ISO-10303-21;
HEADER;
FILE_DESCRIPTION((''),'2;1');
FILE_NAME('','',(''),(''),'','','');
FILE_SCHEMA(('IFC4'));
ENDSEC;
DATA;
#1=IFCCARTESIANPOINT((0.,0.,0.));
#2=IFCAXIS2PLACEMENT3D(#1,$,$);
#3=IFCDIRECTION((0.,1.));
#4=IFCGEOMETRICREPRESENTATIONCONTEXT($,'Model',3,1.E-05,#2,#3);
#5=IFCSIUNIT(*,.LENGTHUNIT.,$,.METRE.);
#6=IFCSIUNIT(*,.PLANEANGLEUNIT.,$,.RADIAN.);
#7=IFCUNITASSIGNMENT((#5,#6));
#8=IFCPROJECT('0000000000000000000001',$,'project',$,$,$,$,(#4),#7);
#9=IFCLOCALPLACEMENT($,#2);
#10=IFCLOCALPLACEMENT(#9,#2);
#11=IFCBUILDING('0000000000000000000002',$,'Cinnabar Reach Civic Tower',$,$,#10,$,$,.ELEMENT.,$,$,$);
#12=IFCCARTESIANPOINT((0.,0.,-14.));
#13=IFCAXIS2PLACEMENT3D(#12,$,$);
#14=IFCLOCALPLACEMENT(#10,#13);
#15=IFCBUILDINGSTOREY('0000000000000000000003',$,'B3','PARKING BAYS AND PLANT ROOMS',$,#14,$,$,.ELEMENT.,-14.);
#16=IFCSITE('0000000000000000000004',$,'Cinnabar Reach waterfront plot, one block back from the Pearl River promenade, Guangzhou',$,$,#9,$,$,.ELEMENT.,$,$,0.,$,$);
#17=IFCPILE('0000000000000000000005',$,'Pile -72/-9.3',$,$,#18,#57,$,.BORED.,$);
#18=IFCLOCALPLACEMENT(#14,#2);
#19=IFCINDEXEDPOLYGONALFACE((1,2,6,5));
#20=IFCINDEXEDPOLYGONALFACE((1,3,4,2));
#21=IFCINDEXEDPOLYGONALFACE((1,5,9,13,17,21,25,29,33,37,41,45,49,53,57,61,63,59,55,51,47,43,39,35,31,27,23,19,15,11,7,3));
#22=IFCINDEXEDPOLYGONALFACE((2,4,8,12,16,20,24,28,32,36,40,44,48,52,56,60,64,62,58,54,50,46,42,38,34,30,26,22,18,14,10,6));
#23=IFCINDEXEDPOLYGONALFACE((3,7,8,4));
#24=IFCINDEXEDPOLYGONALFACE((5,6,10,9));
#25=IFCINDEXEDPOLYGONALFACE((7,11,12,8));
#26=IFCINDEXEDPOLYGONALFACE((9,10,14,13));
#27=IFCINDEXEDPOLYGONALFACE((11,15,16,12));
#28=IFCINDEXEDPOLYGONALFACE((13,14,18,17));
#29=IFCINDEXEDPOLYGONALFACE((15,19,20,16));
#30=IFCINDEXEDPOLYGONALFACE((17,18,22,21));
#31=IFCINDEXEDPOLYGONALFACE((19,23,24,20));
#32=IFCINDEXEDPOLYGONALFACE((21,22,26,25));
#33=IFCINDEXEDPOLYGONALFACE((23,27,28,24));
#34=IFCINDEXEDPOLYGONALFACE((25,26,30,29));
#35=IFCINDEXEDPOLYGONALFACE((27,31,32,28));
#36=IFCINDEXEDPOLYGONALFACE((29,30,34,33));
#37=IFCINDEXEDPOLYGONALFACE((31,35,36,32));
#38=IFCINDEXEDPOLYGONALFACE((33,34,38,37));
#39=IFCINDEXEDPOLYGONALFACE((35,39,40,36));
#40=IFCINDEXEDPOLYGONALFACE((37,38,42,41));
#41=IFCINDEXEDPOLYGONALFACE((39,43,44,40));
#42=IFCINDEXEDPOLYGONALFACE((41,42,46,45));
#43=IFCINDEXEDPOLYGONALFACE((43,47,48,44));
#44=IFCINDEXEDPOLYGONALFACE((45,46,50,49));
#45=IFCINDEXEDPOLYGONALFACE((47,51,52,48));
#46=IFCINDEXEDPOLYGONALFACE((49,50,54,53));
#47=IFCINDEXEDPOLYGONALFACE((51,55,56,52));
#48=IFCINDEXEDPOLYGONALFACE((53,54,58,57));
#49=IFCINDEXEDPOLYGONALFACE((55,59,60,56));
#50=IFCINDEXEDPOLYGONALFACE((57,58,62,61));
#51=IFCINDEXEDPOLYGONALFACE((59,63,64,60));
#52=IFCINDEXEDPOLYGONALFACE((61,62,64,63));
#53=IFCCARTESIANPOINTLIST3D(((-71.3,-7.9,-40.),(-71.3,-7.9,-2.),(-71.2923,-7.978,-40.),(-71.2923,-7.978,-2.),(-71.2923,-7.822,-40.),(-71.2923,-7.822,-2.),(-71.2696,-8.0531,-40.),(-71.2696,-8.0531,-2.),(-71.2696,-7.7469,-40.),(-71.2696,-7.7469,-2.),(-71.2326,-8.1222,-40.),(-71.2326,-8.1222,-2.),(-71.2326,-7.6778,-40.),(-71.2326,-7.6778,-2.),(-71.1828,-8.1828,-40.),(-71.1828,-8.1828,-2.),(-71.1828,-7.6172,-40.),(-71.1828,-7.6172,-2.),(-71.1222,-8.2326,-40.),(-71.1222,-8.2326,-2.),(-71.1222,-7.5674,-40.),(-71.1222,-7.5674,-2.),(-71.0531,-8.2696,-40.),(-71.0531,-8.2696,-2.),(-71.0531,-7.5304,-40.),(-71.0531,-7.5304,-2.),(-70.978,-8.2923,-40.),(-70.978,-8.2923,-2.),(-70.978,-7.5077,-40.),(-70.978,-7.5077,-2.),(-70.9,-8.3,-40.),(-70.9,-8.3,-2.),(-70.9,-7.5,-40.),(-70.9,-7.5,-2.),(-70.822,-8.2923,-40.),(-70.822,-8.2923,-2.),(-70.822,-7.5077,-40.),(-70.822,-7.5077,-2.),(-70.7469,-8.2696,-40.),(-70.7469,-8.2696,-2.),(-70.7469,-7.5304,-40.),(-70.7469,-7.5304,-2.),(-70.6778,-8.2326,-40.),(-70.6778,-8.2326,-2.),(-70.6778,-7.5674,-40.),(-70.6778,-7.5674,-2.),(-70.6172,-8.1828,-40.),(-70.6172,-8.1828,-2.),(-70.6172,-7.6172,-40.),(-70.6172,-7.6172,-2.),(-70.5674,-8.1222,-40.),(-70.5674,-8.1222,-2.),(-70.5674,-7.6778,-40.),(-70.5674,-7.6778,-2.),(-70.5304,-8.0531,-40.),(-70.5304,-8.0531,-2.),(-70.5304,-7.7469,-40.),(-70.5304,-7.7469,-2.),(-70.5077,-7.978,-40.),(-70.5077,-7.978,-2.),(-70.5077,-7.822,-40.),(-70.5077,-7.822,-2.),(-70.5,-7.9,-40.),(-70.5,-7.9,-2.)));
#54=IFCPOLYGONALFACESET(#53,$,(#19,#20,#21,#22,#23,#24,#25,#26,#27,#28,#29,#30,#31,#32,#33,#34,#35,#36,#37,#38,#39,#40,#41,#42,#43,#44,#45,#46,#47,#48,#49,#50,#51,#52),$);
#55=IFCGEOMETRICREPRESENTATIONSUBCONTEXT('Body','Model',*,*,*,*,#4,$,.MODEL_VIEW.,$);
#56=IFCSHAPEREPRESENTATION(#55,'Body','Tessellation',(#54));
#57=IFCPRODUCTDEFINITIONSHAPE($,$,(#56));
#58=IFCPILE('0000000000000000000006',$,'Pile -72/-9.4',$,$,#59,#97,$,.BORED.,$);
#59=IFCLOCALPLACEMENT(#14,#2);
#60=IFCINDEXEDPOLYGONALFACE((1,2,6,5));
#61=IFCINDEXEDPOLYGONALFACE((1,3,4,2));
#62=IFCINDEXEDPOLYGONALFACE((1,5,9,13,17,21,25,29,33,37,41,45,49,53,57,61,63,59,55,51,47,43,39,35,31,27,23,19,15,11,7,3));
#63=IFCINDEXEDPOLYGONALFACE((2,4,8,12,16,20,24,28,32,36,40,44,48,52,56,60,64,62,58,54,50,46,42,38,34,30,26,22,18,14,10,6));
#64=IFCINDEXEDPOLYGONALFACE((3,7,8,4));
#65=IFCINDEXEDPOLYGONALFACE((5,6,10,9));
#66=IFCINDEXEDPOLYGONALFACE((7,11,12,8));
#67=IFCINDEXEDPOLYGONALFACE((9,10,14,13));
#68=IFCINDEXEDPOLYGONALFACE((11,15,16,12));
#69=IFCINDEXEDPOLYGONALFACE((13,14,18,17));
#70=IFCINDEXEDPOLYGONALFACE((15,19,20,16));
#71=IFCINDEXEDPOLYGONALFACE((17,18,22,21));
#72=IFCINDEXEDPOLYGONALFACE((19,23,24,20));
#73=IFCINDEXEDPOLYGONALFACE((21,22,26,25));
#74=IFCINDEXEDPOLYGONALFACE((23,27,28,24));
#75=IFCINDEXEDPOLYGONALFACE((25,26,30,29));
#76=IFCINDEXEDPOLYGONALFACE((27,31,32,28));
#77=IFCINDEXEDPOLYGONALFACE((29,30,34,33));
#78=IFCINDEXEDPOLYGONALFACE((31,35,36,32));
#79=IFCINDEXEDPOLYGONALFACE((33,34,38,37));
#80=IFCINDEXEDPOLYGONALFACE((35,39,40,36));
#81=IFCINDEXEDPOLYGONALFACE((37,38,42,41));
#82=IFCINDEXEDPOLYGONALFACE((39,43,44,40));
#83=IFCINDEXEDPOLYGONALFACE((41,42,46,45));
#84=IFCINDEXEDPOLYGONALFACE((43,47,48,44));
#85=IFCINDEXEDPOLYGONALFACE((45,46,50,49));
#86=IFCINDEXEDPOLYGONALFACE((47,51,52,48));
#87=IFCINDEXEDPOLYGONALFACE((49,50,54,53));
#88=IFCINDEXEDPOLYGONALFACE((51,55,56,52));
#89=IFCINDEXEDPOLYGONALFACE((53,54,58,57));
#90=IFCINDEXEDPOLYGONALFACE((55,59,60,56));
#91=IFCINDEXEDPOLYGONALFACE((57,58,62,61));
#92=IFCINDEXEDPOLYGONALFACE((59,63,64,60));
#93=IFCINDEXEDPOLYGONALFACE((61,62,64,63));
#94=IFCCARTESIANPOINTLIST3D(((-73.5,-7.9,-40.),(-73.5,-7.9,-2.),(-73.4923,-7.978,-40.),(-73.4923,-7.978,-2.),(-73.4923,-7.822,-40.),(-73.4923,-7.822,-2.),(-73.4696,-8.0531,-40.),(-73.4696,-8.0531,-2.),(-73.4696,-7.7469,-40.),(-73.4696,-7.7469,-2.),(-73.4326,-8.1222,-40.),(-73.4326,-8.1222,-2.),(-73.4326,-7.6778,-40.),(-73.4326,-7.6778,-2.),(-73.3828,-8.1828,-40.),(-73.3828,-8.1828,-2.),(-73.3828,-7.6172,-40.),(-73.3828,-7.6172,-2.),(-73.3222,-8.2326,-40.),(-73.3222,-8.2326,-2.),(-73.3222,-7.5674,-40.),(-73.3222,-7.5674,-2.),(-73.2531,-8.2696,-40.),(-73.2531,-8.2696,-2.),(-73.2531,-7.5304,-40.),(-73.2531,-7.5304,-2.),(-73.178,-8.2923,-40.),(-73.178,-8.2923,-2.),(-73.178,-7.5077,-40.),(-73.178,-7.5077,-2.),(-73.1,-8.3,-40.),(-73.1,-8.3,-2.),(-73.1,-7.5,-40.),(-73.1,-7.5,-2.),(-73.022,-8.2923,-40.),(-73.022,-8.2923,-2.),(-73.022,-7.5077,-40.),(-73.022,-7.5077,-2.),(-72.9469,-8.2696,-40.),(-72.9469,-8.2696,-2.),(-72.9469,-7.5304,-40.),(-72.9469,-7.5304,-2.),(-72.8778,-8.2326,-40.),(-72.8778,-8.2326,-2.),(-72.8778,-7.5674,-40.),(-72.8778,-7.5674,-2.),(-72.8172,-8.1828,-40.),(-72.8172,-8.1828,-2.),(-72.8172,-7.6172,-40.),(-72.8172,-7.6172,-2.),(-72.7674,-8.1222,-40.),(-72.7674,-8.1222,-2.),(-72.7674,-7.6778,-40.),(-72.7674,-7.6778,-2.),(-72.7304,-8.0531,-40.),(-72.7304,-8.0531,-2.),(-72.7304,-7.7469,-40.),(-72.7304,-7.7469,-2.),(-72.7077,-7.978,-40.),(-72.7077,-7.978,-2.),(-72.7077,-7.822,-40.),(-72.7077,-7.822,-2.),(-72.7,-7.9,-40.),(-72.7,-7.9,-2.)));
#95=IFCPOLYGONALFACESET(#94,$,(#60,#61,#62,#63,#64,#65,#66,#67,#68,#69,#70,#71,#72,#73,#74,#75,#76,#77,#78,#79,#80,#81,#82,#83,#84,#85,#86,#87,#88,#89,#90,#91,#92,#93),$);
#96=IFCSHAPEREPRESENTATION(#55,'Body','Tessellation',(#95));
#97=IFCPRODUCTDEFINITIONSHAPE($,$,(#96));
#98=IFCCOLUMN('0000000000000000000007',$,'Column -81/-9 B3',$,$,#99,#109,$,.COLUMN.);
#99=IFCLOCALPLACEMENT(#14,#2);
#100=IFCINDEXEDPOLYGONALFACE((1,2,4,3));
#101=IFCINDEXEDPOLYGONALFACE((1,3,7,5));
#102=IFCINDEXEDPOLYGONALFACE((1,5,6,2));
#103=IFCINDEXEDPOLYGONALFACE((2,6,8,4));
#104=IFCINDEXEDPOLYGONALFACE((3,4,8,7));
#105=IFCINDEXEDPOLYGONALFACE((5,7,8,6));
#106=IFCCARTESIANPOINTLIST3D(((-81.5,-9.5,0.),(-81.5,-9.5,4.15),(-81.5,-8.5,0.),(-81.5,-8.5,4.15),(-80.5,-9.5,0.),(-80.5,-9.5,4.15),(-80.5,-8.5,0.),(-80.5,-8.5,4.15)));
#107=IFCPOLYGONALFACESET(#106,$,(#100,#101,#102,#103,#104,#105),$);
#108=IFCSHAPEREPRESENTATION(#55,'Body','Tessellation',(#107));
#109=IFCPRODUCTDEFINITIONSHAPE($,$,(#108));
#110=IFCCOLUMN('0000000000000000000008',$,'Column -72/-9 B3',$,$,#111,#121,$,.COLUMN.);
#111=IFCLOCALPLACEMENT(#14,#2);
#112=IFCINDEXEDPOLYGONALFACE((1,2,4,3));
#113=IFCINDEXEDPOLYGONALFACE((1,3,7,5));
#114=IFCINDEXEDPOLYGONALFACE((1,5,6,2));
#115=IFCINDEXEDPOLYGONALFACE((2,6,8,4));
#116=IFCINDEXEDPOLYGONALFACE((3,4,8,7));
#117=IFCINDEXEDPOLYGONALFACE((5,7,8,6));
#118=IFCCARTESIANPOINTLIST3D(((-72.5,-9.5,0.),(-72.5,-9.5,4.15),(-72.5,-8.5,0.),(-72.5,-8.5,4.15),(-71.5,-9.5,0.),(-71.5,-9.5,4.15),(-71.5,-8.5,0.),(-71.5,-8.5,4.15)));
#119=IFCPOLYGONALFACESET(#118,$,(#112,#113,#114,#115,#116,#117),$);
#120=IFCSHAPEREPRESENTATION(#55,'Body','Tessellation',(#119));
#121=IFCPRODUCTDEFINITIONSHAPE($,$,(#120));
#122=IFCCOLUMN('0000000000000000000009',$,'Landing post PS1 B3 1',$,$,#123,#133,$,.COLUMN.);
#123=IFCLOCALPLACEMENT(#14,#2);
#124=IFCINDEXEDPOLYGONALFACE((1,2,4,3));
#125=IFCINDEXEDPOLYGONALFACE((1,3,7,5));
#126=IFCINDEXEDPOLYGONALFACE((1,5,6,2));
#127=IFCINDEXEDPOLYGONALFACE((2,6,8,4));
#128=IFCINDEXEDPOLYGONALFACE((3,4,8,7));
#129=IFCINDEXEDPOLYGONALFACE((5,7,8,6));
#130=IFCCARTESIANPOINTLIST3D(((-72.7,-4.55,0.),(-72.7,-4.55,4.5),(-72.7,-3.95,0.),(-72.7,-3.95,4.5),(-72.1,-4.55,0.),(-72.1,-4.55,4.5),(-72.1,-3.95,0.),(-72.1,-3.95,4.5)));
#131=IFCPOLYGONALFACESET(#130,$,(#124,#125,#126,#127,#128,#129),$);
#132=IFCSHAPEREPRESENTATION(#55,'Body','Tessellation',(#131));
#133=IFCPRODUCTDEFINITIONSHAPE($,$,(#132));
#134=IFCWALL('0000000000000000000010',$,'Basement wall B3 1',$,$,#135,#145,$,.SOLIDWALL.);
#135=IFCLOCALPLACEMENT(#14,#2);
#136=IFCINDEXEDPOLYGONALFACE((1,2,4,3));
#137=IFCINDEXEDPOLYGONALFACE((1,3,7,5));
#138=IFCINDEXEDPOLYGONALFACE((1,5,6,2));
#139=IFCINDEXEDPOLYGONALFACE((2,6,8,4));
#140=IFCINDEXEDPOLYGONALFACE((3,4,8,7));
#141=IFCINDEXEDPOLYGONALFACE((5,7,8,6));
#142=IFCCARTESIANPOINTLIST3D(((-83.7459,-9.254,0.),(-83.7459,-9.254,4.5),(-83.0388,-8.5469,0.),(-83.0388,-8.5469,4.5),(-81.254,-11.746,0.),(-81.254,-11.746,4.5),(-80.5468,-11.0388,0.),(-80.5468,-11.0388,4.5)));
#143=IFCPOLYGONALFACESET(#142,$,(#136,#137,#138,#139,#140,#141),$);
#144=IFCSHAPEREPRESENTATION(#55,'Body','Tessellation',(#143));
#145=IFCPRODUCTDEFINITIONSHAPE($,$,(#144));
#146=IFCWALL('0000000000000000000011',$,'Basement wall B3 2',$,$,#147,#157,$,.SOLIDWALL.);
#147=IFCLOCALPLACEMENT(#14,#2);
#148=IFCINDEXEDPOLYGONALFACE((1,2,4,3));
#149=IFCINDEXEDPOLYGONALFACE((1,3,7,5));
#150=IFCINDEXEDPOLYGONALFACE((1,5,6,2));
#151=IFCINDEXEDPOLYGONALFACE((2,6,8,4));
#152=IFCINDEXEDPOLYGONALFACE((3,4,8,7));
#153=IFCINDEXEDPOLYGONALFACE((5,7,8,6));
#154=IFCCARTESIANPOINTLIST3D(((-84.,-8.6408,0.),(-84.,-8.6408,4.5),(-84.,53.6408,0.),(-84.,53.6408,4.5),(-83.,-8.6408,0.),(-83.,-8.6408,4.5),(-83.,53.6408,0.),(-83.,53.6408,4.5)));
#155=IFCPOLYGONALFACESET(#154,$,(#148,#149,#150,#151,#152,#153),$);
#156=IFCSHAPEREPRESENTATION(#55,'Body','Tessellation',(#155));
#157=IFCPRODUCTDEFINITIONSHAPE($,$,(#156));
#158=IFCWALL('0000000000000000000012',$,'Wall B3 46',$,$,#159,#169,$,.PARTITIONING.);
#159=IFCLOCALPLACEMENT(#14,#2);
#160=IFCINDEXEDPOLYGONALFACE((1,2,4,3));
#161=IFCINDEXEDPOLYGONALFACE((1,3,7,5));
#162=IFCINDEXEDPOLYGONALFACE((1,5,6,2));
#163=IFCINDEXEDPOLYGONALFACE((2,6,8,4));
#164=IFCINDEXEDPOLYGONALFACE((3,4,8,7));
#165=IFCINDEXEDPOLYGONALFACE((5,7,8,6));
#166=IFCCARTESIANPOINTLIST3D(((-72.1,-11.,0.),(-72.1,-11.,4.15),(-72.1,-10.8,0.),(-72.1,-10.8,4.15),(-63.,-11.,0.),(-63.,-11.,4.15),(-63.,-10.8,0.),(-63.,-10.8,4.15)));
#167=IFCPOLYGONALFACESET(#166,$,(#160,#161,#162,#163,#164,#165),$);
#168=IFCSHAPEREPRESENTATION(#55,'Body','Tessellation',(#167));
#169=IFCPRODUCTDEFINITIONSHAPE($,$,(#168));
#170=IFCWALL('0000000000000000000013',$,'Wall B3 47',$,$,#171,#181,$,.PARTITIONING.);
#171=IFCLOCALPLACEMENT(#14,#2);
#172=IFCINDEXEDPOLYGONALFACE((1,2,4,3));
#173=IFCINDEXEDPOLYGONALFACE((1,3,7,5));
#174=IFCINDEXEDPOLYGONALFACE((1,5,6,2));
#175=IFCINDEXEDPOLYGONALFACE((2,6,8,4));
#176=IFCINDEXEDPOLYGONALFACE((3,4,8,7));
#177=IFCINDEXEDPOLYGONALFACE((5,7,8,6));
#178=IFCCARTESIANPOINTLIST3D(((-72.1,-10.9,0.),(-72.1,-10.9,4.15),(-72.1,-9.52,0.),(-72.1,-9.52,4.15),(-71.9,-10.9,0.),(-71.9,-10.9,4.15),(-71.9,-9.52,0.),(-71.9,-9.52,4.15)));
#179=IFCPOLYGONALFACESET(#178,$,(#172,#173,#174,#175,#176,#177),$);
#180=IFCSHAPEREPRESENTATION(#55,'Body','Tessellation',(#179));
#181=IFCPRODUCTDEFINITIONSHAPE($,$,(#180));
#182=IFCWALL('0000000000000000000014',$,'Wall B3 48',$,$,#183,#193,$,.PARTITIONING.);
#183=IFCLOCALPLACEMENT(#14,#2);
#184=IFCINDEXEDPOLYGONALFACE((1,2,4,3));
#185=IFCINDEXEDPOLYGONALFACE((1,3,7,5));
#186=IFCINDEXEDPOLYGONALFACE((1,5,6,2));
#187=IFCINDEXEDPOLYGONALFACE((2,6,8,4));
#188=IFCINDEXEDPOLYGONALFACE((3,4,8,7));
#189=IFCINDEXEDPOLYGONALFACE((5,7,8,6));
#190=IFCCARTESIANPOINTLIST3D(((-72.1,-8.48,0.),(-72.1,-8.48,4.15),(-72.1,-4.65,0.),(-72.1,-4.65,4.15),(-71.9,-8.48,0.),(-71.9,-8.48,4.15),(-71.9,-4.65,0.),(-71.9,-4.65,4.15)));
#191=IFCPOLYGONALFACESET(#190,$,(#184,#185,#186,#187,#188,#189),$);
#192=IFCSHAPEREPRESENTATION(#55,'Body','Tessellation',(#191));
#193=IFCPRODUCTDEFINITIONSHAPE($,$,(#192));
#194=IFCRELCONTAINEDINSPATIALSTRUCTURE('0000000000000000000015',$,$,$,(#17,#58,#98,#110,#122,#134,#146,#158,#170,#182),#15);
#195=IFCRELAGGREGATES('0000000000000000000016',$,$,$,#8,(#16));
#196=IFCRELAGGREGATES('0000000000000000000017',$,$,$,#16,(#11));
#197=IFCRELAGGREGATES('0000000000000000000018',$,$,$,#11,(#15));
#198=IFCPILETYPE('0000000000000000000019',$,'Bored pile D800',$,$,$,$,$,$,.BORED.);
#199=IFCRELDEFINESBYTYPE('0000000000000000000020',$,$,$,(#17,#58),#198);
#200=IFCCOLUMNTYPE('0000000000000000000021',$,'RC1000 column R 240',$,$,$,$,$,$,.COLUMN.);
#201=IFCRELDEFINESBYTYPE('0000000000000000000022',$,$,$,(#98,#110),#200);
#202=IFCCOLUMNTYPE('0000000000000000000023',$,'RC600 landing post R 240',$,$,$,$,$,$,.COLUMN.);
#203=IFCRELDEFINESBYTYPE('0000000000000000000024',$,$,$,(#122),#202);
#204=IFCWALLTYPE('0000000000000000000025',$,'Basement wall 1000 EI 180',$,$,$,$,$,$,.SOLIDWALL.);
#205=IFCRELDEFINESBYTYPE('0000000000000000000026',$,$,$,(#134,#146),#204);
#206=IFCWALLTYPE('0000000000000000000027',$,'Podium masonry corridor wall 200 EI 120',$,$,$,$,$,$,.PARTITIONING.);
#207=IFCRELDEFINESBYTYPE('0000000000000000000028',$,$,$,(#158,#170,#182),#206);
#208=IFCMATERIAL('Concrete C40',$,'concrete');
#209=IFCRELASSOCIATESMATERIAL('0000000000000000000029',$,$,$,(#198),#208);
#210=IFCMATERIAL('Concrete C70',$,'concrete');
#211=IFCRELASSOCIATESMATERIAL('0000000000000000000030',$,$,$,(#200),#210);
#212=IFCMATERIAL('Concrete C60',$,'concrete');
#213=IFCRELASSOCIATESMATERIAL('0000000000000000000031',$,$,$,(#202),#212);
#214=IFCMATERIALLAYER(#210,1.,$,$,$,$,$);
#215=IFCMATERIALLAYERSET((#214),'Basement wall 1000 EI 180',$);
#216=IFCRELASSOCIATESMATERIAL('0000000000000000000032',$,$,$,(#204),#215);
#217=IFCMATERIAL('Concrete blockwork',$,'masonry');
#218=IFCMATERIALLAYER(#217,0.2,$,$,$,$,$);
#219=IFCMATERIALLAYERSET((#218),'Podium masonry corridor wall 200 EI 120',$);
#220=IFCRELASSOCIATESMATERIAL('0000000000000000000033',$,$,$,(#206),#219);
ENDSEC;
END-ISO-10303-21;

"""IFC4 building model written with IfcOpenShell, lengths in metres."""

from ifc_helpers import new_model, si_unit, direction, frame, frame_2d, origin, origin_2d, place, context, subcontext, project, spatial, rectangle, circle, extrude, material, layer, layer_set, material_profile, profile_set, type_object, element, save


model = new_model("IFC4")

# Units and contexts
model_context = context("Model", 3, precision=1e-05, world=origin(), true_north=direction((0.0, 1.0)))
body_context = subcontext(model_context, "Body", "Model", "MODEL_VIEW")
ifc_project = project(units=[si_unit("LENGTHUNIT", "METRE"), si_unit("PLANEANGLEUNIT", "RADIAN")], contexts=[model_context])

# Site, building, storey
site_placement = place(None, origin())
site = spatial("IfcSite", under=ifc_project, at=site_placement, Name="Cinnabar Reach waterfront plot, one block back from the Pearl River promenade, Guangzhou", CompositionType="ELEMENT", RefElevation=0.0)
building_placement = place(site_placement, origin())
building = spatial("IfcBuilding", under=site, at=building_placement, Name="Cinnabar Reach Civic Tower", CompositionType="ELEMENT")
storey_placement = place(building_placement, frame((0.0, 0.0, -14.0)))
storey = spatial("IfcBuildingStorey", under=building, at=storey_placement, Name="B3", Description="PARKING BAYS AND PLANT ROOMS", CompositionType="ELEMENT", Elevation=-14.0)

# Piles
ifc_material_1 = material(Name="Concrete C40", Category="concrete")
pile_type = type_object("IfcPileType", Name="Bored pile D800", PredefinedType="BORED", material=ifc_material_1)
for number, where, z_axis, x_axis, name in (
    (1, (-70.9, -7.9, -2.0), (0.0, 0.0, -1.0), (1.0, 0.0, 0.0), "Pile -72/-9.3"),
    (2, (-73.1, -7.9, -2.0), (0.0, 0.0, -1.0), (1.0, 0.0, 0.0), "Pile -72/-9.4"),
):
    element("IfcPile", number, at=place(storey_placement, frame(where, z_axis=z_axis, x_axis=x_axis)), inside=storey, type_object=pile_type, Name=name, PredefinedType="BORED", context=body_context, shape_type="SweptSolid", body=[
        extrude(circle(Radius=0.4, at=origin_2d()), origin(), (0.0, 0.0, 1.0), 38.0),
    ])

# Columns
ifc_material_2 = material(Name="Concrete C70", Category="concrete")
ifc_material_profile_1 = material_profile(ifc_material_2, rectangle(XDim=1.0, YDim=1.0, at=origin_2d()), Name="RC1000")
ifc_profile_set_1 = profile_set([ifc_material_profile_1], Name="Concrete C70")
column_type_1 = type_object("IfcColumnType", Name="RC1000 column R 240", PredefinedType="COLUMN", material=ifc_profile_set_1)
for number, where, z_axis, x_axis, name in (
    (3, (-81.0, -9.0, 0.0), (0.0, 0.0, 1.0), (1.0, 0.0, 0.0), "Column -81/-9 B3"),
    (4, (-72.0, -9.0, 0.0), (0.0, 0.0, 1.0), (1.0, 0.0, 0.0), "Column -72/-9 B3"),
):
    element("IfcColumn", number, at=place(storey_placement, frame(where, z_axis=z_axis, x_axis=x_axis)), inside=storey, type_object=column_type_1, Name=name, PredefinedType="COLUMN", context=body_context, shape_type="SweptSolid", body=[
        extrude(rectangle(XDim=1.0, YDim=1.0, at=origin_2d()), origin(), (0.0, 0.0, 1.0), 4.15),
    ])
ifc_material_3 = material(Name="Concrete C60", Category="concrete")
ifc_material_profile_2 = material_profile(ifc_material_3, rectangle(XDim=0.6, YDim=0.6, at=origin_2d()), Name="RC600")
ifc_profile_set_2 = profile_set([ifc_material_profile_2], Name="Concrete C60")
column_type_2 = type_object("IfcColumnType", Name="RC600 landing post R 240", PredefinedType="COLUMN", material=ifc_profile_set_2)
column_placement = place(storey_placement, frame((-72.4, -4.25, 0.0), z_axis=(0.0, 0.0, 1.0), x_axis=(1.0, 0.0, 0.0)))
element("IfcColumn", 5, at=column_placement, inside=storey, type_object=column_type_2, Name="Landing post PS1 B3 1", PredefinedType="COLUMN", context=body_context, shape_type="SweptSolid", body=[
    extrude(rectangle(XDim=0.6, YDim=0.6, at=origin_2d()), origin(), (0.0, 0.0, 1.0), 4.5),
])

# Walls
ifc_layer_1 = layer(ifc_material_2, 1.0)
ifc_layer_set_1 = layer_set([ifc_layer_1], Name="Basement wall 1000 EI 180")
wall_type_1 = type_object("IfcWallType", Name="Basement wall 1000 EI 180", PredefinedType="SOLIDWALL", material=ifc_layer_set_1)
wall_1_placement = place(storey_placement, frame((-80.9004, -11.3924, 0.0), z_axis=(0.0, 0.0, 1.0), x_axis=(-0.707107, 0.707107, 0.0)))
element("IfcWall", 6, at=wall_1_placement, inside=storey, type_object=wall_type_1, Name="Basement wall B3 1", PredefinedType="SOLIDWALL", context=body_context, shape_type="SweptSolid", body=[
    extrude(rectangle(XDim=3.5242, YDim=1.0, at=frame_2d((1.7621, 0.0))), origin(), (0.0, 0.0, 1.0), 4.5),
])
wall_2_placement = place(storey_placement, frame((-83.5, -8.6408, 0.0), z_axis=(0.0, 0.0, 1.0), x_axis=(0.0, 1.0, 0.0)))
element("IfcWall", 7, at=wall_2_placement, inside=storey, type_object=wall_type_1, Name="Basement wall B3 2", PredefinedType="SOLIDWALL", context=body_context, shape_type="SweptSolid", body=[
    extrude(rectangle(XDim=62.2816, YDim=1.0, at=frame_2d((31.1408, 0.0))), origin(), (0.0, 0.0, 1.0), 4.5),
])
ifc_material_4 = material(Name="Concrete blockwork", Category="masonry")
ifc_layer_2 = layer(ifc_material_4, 0.2)
ifc_layer_set_2 = layer_set([ifc_layer_2], Name="Podium masonry corridor wall 200 EI 120")
wall_type_2 = type_object("IfcWallType", Name="Podium masonry corridor wall 200 EI 120", PredefinedType="PARTITIONING", material=ifc_layer_set_2)
wall_3_placement = place(storey_placement, frame((-72.1, -10.9, 0.0), z_axis=(0.0, 0.0, 1.0), x_axis=(1.0, 0.0, 0.0)))
element("IfcWall", 8, at=wall_3_placement, inside=storey, type_object=wall_type_2, Name="Wall B3 46", PredefinedType="PARTITIONING", context=body_context, shape_type="SweptSolid", body=[
    extrude(rectangle(XDim=9.1, YDim=0.2, at=frame_2d((4.55, 0.0))), origin(), (0.0, 0.0, 1.0), 4.15),
])
wall_4_placement = place(storey_placement, frame((-72.0, -10.9, 0.0), z_axis=(0.0, 0.0, 1.0), x_axis=(0.0, 1.0, 0.0)))
element("IfcWall", 9, at=wall_4_placement, inside=storey, type_object=wall_type_2, Name="Wall B3 47", PredefinedType="PARTITIONING", context=body_context, shape_type="SweptSolid", body=[
    extrude(rectangle(XDim=1.38, YDim=0.2, at=frame_2d((0.69, 0.0))), origin(), (0.0, 0.0, 1.0), 4.15),
])
wall_5_placement = place(storey_placement, frame((-72.0, -8.48, 0.0), z_axis=(0.0, 0.0, 1.0), x_axis=(0.0, 1.0, 0.0)))
element("IfcWall", 10, at=wall_5_placement, inside=storey, type_object=wall_type_2, Name="Wall B3 48", PredefinedType="PARTITIONING", context=body_context, shape_type="SweptSolid", body=[
    extrude(rectangle(XDim=3.83, YDim=0.2, at=frame_2d((1.915, 0.0))), origin(), (0.0, 0.0, 1.0), 4.15),
])

save(model, "model.ifc")
